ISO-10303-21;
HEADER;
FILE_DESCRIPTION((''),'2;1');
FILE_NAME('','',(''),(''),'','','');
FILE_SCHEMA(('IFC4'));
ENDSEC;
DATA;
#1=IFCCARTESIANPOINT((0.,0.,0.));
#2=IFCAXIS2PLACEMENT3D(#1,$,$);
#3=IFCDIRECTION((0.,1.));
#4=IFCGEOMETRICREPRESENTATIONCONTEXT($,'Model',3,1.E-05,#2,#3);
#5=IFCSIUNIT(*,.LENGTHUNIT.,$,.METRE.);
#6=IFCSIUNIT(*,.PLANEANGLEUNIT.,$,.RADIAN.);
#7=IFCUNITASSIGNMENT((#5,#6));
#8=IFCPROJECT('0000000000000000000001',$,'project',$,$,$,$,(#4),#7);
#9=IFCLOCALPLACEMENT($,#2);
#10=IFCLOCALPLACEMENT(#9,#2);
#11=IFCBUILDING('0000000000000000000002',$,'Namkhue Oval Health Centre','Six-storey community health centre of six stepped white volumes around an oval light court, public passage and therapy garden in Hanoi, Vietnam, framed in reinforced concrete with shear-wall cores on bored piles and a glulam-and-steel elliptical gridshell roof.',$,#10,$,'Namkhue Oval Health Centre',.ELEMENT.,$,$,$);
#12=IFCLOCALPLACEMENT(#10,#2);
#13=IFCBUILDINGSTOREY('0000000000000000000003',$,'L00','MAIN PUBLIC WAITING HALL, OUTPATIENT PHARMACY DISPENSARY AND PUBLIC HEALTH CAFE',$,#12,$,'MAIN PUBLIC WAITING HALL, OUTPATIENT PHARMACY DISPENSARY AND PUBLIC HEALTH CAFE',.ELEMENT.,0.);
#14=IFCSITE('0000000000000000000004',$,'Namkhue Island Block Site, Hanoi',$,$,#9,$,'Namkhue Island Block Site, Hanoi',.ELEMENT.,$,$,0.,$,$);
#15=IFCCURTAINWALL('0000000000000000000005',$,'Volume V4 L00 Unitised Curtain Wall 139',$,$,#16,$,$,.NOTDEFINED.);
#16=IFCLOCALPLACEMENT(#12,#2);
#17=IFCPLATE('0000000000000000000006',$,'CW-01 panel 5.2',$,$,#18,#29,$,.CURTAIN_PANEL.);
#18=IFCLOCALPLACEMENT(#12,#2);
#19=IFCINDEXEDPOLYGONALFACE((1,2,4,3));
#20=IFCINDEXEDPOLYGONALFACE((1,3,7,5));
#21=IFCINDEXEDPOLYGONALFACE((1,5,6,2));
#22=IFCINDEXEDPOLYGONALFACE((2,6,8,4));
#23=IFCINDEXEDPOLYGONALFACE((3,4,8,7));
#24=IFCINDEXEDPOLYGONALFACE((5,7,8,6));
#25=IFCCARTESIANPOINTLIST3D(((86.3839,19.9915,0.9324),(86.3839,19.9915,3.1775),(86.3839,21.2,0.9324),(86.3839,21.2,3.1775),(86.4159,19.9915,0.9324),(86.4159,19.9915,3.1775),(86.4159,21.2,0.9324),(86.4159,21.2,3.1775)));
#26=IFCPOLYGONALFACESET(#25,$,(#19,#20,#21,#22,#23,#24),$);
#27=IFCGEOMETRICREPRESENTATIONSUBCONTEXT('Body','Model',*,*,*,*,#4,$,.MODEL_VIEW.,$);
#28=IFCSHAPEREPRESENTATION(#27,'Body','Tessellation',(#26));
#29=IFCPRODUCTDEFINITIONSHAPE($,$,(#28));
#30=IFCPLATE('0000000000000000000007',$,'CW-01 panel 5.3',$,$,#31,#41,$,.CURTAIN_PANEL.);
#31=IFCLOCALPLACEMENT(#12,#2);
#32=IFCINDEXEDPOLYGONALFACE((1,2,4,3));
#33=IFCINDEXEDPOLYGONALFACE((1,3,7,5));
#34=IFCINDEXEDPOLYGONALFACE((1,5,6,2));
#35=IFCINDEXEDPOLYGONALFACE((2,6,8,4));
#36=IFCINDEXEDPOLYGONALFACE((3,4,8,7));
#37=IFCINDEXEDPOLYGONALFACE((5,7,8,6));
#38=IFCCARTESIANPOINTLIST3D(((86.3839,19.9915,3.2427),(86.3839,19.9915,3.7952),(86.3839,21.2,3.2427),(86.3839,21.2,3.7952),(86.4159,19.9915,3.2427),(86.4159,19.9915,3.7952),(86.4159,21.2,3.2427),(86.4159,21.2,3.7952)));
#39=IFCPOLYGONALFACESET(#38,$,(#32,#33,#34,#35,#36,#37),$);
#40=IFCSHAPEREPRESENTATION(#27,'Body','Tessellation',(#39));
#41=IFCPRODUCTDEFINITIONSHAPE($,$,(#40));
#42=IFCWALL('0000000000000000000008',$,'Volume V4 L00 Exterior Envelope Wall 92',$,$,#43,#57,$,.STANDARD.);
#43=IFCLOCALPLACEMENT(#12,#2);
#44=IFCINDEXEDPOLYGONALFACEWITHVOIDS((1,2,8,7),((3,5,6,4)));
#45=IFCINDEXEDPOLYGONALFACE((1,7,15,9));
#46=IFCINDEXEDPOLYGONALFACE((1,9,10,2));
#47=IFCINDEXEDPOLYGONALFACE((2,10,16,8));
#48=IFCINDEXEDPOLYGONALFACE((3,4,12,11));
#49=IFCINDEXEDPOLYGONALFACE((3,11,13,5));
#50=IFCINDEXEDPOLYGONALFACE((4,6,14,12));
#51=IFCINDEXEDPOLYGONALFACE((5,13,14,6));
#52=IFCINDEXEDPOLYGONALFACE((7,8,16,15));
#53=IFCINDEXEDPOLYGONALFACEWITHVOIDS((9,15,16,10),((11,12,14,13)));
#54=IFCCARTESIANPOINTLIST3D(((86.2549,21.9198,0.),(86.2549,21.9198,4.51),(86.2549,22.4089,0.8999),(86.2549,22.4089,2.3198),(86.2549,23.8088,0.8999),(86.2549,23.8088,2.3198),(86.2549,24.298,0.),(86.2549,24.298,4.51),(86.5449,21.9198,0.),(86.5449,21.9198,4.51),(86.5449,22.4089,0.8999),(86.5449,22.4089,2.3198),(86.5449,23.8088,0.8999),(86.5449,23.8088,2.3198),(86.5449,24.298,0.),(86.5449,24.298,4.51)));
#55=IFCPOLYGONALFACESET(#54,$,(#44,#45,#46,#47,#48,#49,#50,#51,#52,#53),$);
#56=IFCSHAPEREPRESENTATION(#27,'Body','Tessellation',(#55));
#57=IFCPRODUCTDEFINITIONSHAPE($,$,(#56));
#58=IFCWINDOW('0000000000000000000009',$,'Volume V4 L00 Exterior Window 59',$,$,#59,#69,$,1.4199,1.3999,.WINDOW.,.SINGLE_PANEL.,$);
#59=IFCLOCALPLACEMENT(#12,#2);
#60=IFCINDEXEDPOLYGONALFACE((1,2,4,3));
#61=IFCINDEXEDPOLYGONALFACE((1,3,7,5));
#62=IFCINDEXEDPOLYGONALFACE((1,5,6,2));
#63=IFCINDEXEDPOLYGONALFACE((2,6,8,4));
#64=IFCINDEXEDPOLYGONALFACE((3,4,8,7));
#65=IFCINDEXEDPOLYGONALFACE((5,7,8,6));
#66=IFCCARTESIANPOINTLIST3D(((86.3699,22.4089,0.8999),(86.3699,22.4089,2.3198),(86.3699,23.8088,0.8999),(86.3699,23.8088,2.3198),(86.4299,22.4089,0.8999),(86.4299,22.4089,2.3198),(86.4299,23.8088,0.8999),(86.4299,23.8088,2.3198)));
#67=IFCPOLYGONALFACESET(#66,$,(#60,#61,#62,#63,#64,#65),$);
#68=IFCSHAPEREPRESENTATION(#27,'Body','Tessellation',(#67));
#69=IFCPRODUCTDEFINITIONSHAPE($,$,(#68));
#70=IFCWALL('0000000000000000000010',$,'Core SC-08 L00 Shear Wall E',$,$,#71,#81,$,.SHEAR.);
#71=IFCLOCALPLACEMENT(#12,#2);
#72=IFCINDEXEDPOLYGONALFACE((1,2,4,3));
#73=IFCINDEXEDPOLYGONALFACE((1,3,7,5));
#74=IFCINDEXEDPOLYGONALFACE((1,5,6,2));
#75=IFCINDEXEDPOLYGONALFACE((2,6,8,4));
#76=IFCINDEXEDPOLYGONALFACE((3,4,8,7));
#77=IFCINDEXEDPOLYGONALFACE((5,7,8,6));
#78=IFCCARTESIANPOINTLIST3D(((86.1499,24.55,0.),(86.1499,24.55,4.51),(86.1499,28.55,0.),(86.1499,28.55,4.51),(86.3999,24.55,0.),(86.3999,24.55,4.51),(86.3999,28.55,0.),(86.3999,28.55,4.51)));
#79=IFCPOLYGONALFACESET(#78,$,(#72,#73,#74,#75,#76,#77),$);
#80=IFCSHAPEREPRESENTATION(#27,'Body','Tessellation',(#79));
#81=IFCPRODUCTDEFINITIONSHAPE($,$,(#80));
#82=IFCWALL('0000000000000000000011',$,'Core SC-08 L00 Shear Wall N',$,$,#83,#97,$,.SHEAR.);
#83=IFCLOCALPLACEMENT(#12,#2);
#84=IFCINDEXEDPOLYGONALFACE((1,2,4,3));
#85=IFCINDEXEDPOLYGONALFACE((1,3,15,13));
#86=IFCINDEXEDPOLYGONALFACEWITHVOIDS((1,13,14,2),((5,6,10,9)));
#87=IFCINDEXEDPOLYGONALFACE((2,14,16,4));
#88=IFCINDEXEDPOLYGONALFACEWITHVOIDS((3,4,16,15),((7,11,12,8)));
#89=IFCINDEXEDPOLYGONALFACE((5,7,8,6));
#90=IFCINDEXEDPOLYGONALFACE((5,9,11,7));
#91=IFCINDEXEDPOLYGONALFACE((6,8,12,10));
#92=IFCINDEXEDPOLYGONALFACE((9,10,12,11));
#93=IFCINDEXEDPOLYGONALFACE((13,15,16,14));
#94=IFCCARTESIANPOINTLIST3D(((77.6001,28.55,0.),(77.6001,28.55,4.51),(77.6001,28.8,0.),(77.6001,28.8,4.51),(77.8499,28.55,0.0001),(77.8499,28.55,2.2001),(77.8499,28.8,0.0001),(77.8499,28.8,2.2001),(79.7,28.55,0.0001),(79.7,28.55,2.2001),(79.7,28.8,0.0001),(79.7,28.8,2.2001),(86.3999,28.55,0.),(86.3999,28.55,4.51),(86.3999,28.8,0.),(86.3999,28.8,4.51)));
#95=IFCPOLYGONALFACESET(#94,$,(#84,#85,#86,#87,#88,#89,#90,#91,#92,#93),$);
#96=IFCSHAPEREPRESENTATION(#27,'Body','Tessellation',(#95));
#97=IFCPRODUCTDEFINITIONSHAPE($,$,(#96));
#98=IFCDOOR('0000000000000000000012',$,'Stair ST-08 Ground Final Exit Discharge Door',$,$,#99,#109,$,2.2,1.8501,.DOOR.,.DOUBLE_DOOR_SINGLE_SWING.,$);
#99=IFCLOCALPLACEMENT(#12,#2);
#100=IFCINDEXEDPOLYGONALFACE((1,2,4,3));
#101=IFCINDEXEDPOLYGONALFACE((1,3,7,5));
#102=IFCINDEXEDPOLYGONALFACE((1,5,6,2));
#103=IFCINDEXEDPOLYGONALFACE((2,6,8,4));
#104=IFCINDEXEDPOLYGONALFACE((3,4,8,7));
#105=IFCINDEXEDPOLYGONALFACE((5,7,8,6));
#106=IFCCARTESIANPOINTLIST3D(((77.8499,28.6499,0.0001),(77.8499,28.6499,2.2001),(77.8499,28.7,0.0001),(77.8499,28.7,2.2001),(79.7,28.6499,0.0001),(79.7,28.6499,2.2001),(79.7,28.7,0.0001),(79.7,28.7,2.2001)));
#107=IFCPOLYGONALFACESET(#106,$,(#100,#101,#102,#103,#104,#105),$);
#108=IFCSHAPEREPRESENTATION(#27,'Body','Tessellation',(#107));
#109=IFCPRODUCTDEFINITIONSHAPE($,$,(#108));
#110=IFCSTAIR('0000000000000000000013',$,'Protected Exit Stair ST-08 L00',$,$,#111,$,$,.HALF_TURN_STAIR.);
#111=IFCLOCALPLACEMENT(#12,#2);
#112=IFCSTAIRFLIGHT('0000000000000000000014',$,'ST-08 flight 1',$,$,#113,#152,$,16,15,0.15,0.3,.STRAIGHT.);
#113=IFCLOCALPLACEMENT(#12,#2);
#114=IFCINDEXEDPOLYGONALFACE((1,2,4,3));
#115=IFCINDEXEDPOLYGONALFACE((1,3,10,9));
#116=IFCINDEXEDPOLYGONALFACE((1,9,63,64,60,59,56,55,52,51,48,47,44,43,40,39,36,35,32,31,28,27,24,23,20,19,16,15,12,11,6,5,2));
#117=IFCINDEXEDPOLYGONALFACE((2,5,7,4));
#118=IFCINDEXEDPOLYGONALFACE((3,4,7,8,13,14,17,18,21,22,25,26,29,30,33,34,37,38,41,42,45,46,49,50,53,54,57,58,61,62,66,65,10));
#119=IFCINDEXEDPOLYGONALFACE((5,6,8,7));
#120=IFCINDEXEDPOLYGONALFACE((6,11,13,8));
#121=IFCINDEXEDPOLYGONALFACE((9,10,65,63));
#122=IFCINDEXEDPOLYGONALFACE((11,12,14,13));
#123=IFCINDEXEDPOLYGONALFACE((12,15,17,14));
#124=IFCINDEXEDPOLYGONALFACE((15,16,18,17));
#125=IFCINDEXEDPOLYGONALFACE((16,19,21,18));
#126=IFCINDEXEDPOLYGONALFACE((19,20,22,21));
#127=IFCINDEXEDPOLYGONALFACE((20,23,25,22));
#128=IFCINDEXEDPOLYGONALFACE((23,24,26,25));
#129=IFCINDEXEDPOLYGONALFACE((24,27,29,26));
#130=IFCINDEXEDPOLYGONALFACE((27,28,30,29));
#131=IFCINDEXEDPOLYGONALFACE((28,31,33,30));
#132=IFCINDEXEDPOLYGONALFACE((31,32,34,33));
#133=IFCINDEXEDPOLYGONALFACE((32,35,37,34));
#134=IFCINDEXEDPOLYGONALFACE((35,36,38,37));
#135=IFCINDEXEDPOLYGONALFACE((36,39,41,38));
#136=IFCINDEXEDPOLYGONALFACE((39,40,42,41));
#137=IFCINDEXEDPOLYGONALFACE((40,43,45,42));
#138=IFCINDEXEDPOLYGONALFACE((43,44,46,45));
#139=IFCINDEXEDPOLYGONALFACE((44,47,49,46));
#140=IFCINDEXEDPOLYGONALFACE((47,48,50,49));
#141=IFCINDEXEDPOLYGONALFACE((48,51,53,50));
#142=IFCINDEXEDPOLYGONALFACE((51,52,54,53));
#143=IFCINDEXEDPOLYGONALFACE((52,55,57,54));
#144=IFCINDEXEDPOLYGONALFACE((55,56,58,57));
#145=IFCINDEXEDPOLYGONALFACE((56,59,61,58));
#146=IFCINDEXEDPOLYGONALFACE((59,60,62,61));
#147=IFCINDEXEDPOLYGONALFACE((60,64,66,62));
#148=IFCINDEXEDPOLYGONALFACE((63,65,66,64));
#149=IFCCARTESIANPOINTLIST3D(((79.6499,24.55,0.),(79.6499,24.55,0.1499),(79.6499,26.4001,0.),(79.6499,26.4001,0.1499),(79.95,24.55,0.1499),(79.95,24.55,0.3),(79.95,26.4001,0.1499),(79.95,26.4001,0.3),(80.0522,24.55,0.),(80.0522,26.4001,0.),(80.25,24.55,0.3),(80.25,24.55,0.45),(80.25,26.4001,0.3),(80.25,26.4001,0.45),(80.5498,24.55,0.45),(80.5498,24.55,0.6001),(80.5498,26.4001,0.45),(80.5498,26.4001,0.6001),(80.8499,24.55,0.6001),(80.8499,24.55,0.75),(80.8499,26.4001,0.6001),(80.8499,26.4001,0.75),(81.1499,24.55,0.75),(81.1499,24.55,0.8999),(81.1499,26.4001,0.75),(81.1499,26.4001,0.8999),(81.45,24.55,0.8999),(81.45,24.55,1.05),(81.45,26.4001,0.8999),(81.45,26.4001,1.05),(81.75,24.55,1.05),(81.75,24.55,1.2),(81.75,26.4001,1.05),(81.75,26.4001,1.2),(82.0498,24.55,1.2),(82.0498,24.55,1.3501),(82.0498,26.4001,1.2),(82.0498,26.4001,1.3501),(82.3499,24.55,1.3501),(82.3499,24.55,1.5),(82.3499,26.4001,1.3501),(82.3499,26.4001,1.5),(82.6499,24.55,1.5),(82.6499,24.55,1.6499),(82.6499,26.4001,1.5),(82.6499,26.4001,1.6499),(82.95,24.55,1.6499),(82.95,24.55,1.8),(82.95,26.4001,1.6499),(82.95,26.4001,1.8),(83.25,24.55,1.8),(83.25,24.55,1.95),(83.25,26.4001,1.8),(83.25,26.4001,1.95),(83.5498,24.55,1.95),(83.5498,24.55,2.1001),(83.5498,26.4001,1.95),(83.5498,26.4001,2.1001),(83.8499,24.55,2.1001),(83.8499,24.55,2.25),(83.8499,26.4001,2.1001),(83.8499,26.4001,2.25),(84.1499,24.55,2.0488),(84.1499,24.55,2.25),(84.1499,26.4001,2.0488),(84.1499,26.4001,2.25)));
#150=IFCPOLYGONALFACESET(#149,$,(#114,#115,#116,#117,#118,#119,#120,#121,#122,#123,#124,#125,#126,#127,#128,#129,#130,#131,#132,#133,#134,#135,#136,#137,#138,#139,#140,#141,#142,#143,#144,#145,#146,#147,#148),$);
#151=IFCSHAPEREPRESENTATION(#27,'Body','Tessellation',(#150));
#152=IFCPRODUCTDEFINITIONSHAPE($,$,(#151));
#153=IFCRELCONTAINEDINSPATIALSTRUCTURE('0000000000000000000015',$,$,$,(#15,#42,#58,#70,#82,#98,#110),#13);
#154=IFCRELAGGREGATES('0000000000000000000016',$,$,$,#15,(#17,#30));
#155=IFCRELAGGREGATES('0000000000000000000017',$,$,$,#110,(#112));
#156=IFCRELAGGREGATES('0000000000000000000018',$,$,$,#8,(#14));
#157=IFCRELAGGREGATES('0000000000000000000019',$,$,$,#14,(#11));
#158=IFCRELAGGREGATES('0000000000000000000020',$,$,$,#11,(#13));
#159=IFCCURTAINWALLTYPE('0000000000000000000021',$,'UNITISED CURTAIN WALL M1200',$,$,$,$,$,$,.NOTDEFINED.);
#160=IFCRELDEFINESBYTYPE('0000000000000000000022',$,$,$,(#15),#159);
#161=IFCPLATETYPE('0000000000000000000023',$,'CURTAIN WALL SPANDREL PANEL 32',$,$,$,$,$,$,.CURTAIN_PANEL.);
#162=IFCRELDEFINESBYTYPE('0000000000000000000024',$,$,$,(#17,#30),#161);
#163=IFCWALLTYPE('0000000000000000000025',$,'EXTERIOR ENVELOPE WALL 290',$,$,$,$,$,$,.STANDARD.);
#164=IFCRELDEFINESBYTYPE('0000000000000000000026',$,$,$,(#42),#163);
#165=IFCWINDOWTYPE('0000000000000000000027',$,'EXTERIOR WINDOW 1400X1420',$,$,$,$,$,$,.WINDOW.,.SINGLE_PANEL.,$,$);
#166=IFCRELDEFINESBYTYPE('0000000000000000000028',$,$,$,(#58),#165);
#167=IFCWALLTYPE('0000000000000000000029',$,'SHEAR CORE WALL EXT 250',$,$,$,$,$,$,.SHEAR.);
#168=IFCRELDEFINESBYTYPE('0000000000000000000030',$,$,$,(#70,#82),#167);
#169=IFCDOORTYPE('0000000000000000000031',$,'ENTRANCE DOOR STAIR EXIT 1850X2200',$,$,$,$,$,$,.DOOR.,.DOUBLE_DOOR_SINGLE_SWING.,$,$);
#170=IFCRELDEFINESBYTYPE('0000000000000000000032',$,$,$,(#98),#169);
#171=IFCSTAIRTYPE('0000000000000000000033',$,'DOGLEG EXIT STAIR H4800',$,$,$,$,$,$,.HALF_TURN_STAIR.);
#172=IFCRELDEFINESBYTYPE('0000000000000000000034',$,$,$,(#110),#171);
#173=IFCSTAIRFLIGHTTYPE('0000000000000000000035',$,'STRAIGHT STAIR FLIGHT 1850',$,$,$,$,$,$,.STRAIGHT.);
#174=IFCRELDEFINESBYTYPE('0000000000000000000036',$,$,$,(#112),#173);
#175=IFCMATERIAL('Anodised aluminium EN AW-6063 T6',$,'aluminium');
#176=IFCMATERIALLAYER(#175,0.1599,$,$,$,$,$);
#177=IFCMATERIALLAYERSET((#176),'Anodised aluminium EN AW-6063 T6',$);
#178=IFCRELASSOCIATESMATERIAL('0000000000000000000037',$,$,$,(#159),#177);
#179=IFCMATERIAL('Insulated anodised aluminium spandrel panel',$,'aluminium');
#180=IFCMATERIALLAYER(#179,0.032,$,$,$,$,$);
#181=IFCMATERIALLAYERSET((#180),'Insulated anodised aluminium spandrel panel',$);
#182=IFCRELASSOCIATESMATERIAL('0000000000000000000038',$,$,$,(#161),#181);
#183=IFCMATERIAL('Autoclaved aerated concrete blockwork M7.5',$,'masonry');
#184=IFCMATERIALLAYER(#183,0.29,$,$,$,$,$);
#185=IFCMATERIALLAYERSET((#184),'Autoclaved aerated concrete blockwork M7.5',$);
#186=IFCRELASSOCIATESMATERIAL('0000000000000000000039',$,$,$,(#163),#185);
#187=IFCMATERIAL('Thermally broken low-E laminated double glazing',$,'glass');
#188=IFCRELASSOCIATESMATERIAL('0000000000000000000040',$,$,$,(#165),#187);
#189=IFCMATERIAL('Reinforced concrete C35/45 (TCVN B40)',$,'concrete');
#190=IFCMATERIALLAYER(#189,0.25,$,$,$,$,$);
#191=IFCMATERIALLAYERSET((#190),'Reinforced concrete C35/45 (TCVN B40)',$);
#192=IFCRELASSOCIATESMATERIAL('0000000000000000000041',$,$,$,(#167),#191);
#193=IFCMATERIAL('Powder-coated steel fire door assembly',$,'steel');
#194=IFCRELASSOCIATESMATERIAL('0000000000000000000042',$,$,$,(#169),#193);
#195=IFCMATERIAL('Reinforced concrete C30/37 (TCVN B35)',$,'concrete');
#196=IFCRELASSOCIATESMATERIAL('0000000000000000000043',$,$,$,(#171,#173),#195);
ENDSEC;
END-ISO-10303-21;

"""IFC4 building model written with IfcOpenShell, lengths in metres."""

from ifc_helpers import new_model, si_unit, direction, frame, frame_2d, origin, origin_2d, place, context, subcontext, project, spatial, polyline, rectangle, outline, extrude, material, layer, layer_set, type_object, element, fill, aggregate, save


model = new_model("IFC4")

# Units and contexts
model_context = context("Model", 3, precision=1e-05, world=origin(), true_north=direction((0.0, 1.0)))
body_context = subcontext(model_context, "Body", "Model", "MODEL_VIEW")
ifc_project = project(units=[si_unit("LENGTHUNIT", "METRE"), si_unit("PLANEANGLEUNIT", "RADIAN")], contexts=[model_context])

# Site, building, storey
site_placement = place(None, origin())
site = spatial("IfcSite", under=ifc_project, at=site_placement, Name="Namkhue Island Block Site, Hanoi", LongName="Namkhue Island Block Site, Hanoi", CompositionType="ELEMENT", RefElevation=0.0)
building_placement = place(site_placement, origin())
building = spatial("IfcBuilding", under=site, at=building_placement, Name="Namkhue Oval Health Centre", Description="Six-storey community health centre of six stepped white volumes around an oval light court, public passage and therapy garden in Hanoi, Vietnam, framed in reinforced concrete with shear-wall cores on bored piles and a glulam-and-steel elliptical gridshell roof.", LongName="Namkhue Oval Health Centre", CompositionType="ELEMENT")
storey_placement = place(building_placement, origin())
storey = spatial("IfcBuildingStorey", under=building, at=storey_placement, Name="L00", Description="MAIN PUBLIC WAITING HALL, OUTPATIENT PHARMACY DISPENSARY AND PUBLIC HEALTH CAFE", LongName="MAIN PUBLIC WAITING HALL, OUTPATIENT PHARMACY DISPENSARY AND PUBLIC HEALTH CAFE", CompositionType="ELEMENT", Elevation=0.0)

# Shared definitions
ifc_material_1 = material(Name="Reinforced concrete C30/37 (TCVN B35)", Category="concrete")

# Shared definitions
ifc_material_2 = material(Name="Reinforced concrete C35/45 (TCVN B40)", Category="concrete")

# Curtain wall
ifc_material_3 = material(Name="Anodised aluminium EN AW-6063 T6", Category="aluminium")
ifc_layer_1 = layer(ifc_material_3, 0.1599)
ifc_layer_set_1 = layer_set([ifc_layer_1], Name="Anodised aluminium EN AW-6063 T6")
curtain_wall_type = type_object("IfcCurtainWallType", Name="UNITISED CURTAIN WALL M1200", PredefinedType="NOTDEFINED", material=ifc_layer_set_1)
curtain_wall_placement = place(storey_placement, origin())
curtain_wall = element("IfcCurtainWall", 1, at=curtain_wall_placement, inside=storey, type_object=curtain_wall_type, Name="Volume V4 L00 Unitised Curtain Wall 139", PredefinedType="NOTDEFINED")

# Plates
ifc_material_4 = material(Name="Insulated anodised aluminium spandrel panel", Category="aluminium")
ifc_layer_2 = layer(ifc_material_4, 0.032)
ifc_layer_set_2 = layer_set([ifc_layer_2], Name="Insulated anodised aluminium spandrel panel")
plate_type = type_object("IfcPlateType", Name="CURTAIN WALL SPANDREL PANEL 32", PredefinedType="CURTAIN_PANEL", material=ifc_layer_set_2)
plate_1_placement = place(storey_placement, frame((86.3999, 20.5957, 0.9324), z_axis=(0.0, 0.0, 1.0), x_axis=(0.0, 1.0, 0.0)))
plate_1 = element("IfcPlate", 2, at=plate_1_placement, type_object=plate_type, Name="CW-01 panel 5.2", PredefinedType="CURTAIN_PANEL", context=body_context, shape_type="SweptSolid", body=[
    extrude(rectangle(XDim=1.2085, YDim=0.032, at=origin_2d()), origin(), (0.0, 0.0, 1.0), 2.2451),
])
plate_2_placement = place(storey_placement, frame((86.3999, 20.5957, 3.2427), z_axis=(0.0, 0.0, 1.0), x_axis=(0.0, 1.0, 0.0)))
plate_2 = element("IfcPlate", 3, at=plate_2_placement, type_object=plate_type, Name="CW-01 panel 5.3", PredefinedType="CURTAIN_PANEL", context=body_context, shape_type="SweptSolid", body=[
    extrude(rectangle(XDim=1.2085, YDim=0.032, at=origin_2d()), origin(), (0.0, 0.0, 1.0), 0.5525),
])
aggregate(curtain_wall, [plate_1, plate_2])

# Wall, opening, window
ifc_material_5 = material(Name="Autoclaved aerated concrete blockwork M7.5", Category="masonry")
ifc_layer_3 = layer(ifc_material_5, 0.29)
ifc_layer_set_3 = layer_set([ifc_layer_3], Name="Autoclaved aerated concrete blockwork M7.5")
wall_type_1 = type_object("IfcWallType", Name="EXTERIOR ENVELOPE WALL 290", PredefinedType="STANDARD", material=ifc_layer_set_3)
wall_1_placement = place(storey_placement, frame((86.3999, 21.9199, 0.0), z_axis=(0.0, 0.0, 1.0), x_axis=(0.0, 1.0, 0.0)))
wall_1 = element("IfcWall", 4, at=wall_1_placement, inside=storey, type_object=wall_type_1, Name="Volume V4 L00 Exterior Envelope Wall 92", PredefinedType="STANDARD", context=body_context, shape_type="SweptSolid", body=[
    extrude(rectangle(XDim=2.3782, YDim=0.29, at=frame_2d((1.189, 0.0))), origin(), (0.0, 0.0, 1.0), 4.51),
])
opening_1_placement = place(wall_1_placement, frame((0.489, 0.0, 0.8999)))
opening_1 = element("IfcOpeningElement", 5, at=opening_1_placement, cuts=wall_1, PredefinedType="OPENING", context=body_context, shape_type="SweptSolid", body=[
    extrude(rectangle(XDim=1.3999, YDim=1.4199, at=frame_2d((0.7, 0.71))), frame((0.0, 0.155, 0.0), z_axis=(0.0, -1.0, 0.0), x_axis=(1.0, 0.0, 0.0)), (0.0, 0.0, 1.0), 0.3101),
])
ifc_material_6 = material(Name="Thermally broken low-E laminated double glazing", Category="glass")
window_type = type_object("IfcWindowType", Name="EXTERIOR WINDOW 1400X1420", PartitioningType="SINGLE_PANEL", PredefinedType="WINDOW", material=ifc_material_6)
window_placement = place(opening_1_placement, origin())
window = element("IfcWindow", 6, at=window_placement, inside=storey, type_object=window_type, Name="Volume V4 L00 Exterior Window 59", OverallHeight=1.4199, OverallWidth=1.3999, PartitioningType="SINGLE_PANEL", PredefinedType="WINDOW", context=body_context, shape_type="SweptSolid", body=[
    extrude(rectangle(XDim=1.3999, YDim=1.4199, at=frame_2d((0.7, 0.71))), frame((0.0, 0.03, 0.0), z_axis=(0.0, -1.0, 0.0), x_axis=(1.0, 0.0, 0.0)), (0.0, 0.0, 1.0), 0.0601),
])
fill(opening_1, window)

# Wall
ifc_layer_4 = layer(ifc_material_2, 0.25)
ifc_layer_set_4 = layer_set([ifc_layer_4], Name="Reinforced concrete C35/45 (TCVN B40)")
wall_type_2 = type_object("IfcWallType", Name="SHEAR CORE WALL EXT 250", PredefinedType="SHEAR", material=ifc_layer_set_4)
wall_2_placement = place(storey_placement, frame((86.2749, 24.55, 0.0), z_axis=(0.0, 0.0, 1.0), x_axis=(0.0, 1.0, 0.0)))
element("IfcWall", 7, at=wall_2_placement, inside=storey, type_object=wall_type_2, Name="Core SC-08 L00 Shear Wall E", PredefinedType="SHEAR", context=body_context, shape_type="SweptSolid", body=[
    extrude(rectangle(XDim=4.0, YDim=0.25, at=frame_2d((2.0, 0.0))), origin(), (0.0, 0.0, 1.0), 4.51),
])

# Wall, opening, door
wall_3_placement = place(storey_placement, frame((86.3999, 28.675, 0.0), z_axis=(0.0, 0.0, 1.0), x_axis=(-1.0, 0.0, 0.0)))
wall_3 = element("IfcWall", 8, at=wall_3_placement, inside=storey, type_object=wall_type_2, Name="Core SC-08 L00 Shear Wall N", PredefinedType="SHEAR", context=body_context, shape_type="SweptSolid", body=[
    extrude(rectangle(XDim=8.7998, YDim=0.25, at=frame_2d((4.3999, 0.0))), origin(), (0.0, 0.0, 1.0), 4.51),
])
opening_2_placement = place(wall_3_placement, frame((6.7, 0.0, 0.0)))
opening_2 = element("IfcOpeningElement", 9, at=opening_2_placement, cuts=wall_3, PredefinedType="OPENING", context=body_context, shape_type="SweptSolid", body=[
    extrude(rectangle(XDim=1.8501, YDim=2.2, at=frame_2d((0.925, 1.1001))), frame((0.0, 0.135, 0.0), z_axis=(0.0, -1.0, 0.0), x_axis=(1.0, 0.0, 0.0)), (0.0, 0.0, 1.0), 0.27),
])
ifc_material_7 = material(Name="Powder-coated steel fire door assembly", Category="steel")
door_type = type_object("IfcDoorType", Name="ENTRANCE DOOR STAIR EXIT 1850X2200", OperationType="DOUBLE_DOOR_SINGLE_SWING", PredefinedType="DOOR", material=ifc_material_7)
door_placement = place(opening_2_placement, frame((1.8501, 0.0, 0.0), z_axis=(0.0, 0.0, 1.0), x_axis=(-1.0, 0.0, 0.0)))
door = element("IfcDoor", 10, at=door_placement, inside=storey, type_object=door_type, Name="Stair ST-08 Ground Final Exit Discharge Door", OperationType="DOUBLE_DOOR_SINGLE_SWING", OverallHeight=2.2, OverallWidth=1.8501, PredefinedType="DOOR", context=body_context, shape_type="SweptSolid", body=[
    extrude(rectangle(XDim=1.8501, YDim=2.2, at=frame_2d((0.925, 1.1001))), frame((0.0, 0.0249, 0.0), z_axis=(0.0, -1.0, 0.0), x_axis=(1.0, 0.0, 0.0)), (0.0, 0.0, 1.0), 0.05),
])
fill(opening_2, door)

# Stair, stair flight
stair_type = type_object("IfcStairType", Name="DOGLEG EXIT STAIR H4800", PredefinedType="HALF_TURN_STAIR", material=ifc_material_1)
stair_placement = place(storey_placement, origin())
stair = element("IfcStair", 11, at=stair_placement, inside=storey, type_object=stair_type, Name="Protected Exit Stair ST-08 L00", PredefinedType="HALF_TURN_STAIR")
stair_flight_type = type_object("IfcStairFlightType", Name="STRAIGHT STAIR FLIGHT 1850", PredefinedType="STRAIGHT", material=ifc_material_1)
stair_flight_1_placement = place(storey_placement, frame((79.6499, 25.4751, 0.0), z_axis=(0.0, 0.0, 1.0), x_axis=(1.0, 0.0, 0.0)))
stair_flight_1 = element("IfcStairFlight", 12, at=stair_flight_1_placement, type_object=stair_flight_type, Name="ST-08 flight 1", NumberOfRisers=16, NumberOfTreads=15, PredefinedType="STRAIGHT", RiserHeight=0.15, TreadLength=0.3, context=body_context, shape_type="SweptSolid", body=[
    extrude(outline(polyline([(0.0, 0.0), (0.0, 0.1499), (0.3, 0.1499), (0.3, 0.3), (0.6001, 0.3), (0.6001, 0.45), (0.8999, 0.45), (0.8999, 0.6001), (1.2, 0.6001), (1.2, 0.75), (1.5, 0.75), (1.5, 0.8999), (1.8, 0.8999), (1.8, 1.05), (2.1001, 1.05), (2.1001, 1.2), (2.3999, 1.2), (2.3999, 1.3501), (2.7, 1.3501), (2.7, 1.5), (3.0, 1.5), (3.0, 1.6499), (3.3, 1.6499), (3.3, 1.8), (3.6001, 1.8), (3.6001, 1.95), (3.8999, 1.95), (3.8999, 2.1001), (4.2, 2.1001), (4.2, 2.25), (4.5, 2.25), (4.5, 2.3999), (4.5, 2.0488), (0.4023, 0.0), (0.0, 0.0)])), frame((0.0, 0.925, 0.0), z_axis=(0.0, -1.0, 0.0), x_axis=(1.0, 0.0, 0.0)), (0.0, 0.0, 1.0), 1.8501),
])
aggregate(stair, [stair_flight_1])

save(model, "model.ifc")
